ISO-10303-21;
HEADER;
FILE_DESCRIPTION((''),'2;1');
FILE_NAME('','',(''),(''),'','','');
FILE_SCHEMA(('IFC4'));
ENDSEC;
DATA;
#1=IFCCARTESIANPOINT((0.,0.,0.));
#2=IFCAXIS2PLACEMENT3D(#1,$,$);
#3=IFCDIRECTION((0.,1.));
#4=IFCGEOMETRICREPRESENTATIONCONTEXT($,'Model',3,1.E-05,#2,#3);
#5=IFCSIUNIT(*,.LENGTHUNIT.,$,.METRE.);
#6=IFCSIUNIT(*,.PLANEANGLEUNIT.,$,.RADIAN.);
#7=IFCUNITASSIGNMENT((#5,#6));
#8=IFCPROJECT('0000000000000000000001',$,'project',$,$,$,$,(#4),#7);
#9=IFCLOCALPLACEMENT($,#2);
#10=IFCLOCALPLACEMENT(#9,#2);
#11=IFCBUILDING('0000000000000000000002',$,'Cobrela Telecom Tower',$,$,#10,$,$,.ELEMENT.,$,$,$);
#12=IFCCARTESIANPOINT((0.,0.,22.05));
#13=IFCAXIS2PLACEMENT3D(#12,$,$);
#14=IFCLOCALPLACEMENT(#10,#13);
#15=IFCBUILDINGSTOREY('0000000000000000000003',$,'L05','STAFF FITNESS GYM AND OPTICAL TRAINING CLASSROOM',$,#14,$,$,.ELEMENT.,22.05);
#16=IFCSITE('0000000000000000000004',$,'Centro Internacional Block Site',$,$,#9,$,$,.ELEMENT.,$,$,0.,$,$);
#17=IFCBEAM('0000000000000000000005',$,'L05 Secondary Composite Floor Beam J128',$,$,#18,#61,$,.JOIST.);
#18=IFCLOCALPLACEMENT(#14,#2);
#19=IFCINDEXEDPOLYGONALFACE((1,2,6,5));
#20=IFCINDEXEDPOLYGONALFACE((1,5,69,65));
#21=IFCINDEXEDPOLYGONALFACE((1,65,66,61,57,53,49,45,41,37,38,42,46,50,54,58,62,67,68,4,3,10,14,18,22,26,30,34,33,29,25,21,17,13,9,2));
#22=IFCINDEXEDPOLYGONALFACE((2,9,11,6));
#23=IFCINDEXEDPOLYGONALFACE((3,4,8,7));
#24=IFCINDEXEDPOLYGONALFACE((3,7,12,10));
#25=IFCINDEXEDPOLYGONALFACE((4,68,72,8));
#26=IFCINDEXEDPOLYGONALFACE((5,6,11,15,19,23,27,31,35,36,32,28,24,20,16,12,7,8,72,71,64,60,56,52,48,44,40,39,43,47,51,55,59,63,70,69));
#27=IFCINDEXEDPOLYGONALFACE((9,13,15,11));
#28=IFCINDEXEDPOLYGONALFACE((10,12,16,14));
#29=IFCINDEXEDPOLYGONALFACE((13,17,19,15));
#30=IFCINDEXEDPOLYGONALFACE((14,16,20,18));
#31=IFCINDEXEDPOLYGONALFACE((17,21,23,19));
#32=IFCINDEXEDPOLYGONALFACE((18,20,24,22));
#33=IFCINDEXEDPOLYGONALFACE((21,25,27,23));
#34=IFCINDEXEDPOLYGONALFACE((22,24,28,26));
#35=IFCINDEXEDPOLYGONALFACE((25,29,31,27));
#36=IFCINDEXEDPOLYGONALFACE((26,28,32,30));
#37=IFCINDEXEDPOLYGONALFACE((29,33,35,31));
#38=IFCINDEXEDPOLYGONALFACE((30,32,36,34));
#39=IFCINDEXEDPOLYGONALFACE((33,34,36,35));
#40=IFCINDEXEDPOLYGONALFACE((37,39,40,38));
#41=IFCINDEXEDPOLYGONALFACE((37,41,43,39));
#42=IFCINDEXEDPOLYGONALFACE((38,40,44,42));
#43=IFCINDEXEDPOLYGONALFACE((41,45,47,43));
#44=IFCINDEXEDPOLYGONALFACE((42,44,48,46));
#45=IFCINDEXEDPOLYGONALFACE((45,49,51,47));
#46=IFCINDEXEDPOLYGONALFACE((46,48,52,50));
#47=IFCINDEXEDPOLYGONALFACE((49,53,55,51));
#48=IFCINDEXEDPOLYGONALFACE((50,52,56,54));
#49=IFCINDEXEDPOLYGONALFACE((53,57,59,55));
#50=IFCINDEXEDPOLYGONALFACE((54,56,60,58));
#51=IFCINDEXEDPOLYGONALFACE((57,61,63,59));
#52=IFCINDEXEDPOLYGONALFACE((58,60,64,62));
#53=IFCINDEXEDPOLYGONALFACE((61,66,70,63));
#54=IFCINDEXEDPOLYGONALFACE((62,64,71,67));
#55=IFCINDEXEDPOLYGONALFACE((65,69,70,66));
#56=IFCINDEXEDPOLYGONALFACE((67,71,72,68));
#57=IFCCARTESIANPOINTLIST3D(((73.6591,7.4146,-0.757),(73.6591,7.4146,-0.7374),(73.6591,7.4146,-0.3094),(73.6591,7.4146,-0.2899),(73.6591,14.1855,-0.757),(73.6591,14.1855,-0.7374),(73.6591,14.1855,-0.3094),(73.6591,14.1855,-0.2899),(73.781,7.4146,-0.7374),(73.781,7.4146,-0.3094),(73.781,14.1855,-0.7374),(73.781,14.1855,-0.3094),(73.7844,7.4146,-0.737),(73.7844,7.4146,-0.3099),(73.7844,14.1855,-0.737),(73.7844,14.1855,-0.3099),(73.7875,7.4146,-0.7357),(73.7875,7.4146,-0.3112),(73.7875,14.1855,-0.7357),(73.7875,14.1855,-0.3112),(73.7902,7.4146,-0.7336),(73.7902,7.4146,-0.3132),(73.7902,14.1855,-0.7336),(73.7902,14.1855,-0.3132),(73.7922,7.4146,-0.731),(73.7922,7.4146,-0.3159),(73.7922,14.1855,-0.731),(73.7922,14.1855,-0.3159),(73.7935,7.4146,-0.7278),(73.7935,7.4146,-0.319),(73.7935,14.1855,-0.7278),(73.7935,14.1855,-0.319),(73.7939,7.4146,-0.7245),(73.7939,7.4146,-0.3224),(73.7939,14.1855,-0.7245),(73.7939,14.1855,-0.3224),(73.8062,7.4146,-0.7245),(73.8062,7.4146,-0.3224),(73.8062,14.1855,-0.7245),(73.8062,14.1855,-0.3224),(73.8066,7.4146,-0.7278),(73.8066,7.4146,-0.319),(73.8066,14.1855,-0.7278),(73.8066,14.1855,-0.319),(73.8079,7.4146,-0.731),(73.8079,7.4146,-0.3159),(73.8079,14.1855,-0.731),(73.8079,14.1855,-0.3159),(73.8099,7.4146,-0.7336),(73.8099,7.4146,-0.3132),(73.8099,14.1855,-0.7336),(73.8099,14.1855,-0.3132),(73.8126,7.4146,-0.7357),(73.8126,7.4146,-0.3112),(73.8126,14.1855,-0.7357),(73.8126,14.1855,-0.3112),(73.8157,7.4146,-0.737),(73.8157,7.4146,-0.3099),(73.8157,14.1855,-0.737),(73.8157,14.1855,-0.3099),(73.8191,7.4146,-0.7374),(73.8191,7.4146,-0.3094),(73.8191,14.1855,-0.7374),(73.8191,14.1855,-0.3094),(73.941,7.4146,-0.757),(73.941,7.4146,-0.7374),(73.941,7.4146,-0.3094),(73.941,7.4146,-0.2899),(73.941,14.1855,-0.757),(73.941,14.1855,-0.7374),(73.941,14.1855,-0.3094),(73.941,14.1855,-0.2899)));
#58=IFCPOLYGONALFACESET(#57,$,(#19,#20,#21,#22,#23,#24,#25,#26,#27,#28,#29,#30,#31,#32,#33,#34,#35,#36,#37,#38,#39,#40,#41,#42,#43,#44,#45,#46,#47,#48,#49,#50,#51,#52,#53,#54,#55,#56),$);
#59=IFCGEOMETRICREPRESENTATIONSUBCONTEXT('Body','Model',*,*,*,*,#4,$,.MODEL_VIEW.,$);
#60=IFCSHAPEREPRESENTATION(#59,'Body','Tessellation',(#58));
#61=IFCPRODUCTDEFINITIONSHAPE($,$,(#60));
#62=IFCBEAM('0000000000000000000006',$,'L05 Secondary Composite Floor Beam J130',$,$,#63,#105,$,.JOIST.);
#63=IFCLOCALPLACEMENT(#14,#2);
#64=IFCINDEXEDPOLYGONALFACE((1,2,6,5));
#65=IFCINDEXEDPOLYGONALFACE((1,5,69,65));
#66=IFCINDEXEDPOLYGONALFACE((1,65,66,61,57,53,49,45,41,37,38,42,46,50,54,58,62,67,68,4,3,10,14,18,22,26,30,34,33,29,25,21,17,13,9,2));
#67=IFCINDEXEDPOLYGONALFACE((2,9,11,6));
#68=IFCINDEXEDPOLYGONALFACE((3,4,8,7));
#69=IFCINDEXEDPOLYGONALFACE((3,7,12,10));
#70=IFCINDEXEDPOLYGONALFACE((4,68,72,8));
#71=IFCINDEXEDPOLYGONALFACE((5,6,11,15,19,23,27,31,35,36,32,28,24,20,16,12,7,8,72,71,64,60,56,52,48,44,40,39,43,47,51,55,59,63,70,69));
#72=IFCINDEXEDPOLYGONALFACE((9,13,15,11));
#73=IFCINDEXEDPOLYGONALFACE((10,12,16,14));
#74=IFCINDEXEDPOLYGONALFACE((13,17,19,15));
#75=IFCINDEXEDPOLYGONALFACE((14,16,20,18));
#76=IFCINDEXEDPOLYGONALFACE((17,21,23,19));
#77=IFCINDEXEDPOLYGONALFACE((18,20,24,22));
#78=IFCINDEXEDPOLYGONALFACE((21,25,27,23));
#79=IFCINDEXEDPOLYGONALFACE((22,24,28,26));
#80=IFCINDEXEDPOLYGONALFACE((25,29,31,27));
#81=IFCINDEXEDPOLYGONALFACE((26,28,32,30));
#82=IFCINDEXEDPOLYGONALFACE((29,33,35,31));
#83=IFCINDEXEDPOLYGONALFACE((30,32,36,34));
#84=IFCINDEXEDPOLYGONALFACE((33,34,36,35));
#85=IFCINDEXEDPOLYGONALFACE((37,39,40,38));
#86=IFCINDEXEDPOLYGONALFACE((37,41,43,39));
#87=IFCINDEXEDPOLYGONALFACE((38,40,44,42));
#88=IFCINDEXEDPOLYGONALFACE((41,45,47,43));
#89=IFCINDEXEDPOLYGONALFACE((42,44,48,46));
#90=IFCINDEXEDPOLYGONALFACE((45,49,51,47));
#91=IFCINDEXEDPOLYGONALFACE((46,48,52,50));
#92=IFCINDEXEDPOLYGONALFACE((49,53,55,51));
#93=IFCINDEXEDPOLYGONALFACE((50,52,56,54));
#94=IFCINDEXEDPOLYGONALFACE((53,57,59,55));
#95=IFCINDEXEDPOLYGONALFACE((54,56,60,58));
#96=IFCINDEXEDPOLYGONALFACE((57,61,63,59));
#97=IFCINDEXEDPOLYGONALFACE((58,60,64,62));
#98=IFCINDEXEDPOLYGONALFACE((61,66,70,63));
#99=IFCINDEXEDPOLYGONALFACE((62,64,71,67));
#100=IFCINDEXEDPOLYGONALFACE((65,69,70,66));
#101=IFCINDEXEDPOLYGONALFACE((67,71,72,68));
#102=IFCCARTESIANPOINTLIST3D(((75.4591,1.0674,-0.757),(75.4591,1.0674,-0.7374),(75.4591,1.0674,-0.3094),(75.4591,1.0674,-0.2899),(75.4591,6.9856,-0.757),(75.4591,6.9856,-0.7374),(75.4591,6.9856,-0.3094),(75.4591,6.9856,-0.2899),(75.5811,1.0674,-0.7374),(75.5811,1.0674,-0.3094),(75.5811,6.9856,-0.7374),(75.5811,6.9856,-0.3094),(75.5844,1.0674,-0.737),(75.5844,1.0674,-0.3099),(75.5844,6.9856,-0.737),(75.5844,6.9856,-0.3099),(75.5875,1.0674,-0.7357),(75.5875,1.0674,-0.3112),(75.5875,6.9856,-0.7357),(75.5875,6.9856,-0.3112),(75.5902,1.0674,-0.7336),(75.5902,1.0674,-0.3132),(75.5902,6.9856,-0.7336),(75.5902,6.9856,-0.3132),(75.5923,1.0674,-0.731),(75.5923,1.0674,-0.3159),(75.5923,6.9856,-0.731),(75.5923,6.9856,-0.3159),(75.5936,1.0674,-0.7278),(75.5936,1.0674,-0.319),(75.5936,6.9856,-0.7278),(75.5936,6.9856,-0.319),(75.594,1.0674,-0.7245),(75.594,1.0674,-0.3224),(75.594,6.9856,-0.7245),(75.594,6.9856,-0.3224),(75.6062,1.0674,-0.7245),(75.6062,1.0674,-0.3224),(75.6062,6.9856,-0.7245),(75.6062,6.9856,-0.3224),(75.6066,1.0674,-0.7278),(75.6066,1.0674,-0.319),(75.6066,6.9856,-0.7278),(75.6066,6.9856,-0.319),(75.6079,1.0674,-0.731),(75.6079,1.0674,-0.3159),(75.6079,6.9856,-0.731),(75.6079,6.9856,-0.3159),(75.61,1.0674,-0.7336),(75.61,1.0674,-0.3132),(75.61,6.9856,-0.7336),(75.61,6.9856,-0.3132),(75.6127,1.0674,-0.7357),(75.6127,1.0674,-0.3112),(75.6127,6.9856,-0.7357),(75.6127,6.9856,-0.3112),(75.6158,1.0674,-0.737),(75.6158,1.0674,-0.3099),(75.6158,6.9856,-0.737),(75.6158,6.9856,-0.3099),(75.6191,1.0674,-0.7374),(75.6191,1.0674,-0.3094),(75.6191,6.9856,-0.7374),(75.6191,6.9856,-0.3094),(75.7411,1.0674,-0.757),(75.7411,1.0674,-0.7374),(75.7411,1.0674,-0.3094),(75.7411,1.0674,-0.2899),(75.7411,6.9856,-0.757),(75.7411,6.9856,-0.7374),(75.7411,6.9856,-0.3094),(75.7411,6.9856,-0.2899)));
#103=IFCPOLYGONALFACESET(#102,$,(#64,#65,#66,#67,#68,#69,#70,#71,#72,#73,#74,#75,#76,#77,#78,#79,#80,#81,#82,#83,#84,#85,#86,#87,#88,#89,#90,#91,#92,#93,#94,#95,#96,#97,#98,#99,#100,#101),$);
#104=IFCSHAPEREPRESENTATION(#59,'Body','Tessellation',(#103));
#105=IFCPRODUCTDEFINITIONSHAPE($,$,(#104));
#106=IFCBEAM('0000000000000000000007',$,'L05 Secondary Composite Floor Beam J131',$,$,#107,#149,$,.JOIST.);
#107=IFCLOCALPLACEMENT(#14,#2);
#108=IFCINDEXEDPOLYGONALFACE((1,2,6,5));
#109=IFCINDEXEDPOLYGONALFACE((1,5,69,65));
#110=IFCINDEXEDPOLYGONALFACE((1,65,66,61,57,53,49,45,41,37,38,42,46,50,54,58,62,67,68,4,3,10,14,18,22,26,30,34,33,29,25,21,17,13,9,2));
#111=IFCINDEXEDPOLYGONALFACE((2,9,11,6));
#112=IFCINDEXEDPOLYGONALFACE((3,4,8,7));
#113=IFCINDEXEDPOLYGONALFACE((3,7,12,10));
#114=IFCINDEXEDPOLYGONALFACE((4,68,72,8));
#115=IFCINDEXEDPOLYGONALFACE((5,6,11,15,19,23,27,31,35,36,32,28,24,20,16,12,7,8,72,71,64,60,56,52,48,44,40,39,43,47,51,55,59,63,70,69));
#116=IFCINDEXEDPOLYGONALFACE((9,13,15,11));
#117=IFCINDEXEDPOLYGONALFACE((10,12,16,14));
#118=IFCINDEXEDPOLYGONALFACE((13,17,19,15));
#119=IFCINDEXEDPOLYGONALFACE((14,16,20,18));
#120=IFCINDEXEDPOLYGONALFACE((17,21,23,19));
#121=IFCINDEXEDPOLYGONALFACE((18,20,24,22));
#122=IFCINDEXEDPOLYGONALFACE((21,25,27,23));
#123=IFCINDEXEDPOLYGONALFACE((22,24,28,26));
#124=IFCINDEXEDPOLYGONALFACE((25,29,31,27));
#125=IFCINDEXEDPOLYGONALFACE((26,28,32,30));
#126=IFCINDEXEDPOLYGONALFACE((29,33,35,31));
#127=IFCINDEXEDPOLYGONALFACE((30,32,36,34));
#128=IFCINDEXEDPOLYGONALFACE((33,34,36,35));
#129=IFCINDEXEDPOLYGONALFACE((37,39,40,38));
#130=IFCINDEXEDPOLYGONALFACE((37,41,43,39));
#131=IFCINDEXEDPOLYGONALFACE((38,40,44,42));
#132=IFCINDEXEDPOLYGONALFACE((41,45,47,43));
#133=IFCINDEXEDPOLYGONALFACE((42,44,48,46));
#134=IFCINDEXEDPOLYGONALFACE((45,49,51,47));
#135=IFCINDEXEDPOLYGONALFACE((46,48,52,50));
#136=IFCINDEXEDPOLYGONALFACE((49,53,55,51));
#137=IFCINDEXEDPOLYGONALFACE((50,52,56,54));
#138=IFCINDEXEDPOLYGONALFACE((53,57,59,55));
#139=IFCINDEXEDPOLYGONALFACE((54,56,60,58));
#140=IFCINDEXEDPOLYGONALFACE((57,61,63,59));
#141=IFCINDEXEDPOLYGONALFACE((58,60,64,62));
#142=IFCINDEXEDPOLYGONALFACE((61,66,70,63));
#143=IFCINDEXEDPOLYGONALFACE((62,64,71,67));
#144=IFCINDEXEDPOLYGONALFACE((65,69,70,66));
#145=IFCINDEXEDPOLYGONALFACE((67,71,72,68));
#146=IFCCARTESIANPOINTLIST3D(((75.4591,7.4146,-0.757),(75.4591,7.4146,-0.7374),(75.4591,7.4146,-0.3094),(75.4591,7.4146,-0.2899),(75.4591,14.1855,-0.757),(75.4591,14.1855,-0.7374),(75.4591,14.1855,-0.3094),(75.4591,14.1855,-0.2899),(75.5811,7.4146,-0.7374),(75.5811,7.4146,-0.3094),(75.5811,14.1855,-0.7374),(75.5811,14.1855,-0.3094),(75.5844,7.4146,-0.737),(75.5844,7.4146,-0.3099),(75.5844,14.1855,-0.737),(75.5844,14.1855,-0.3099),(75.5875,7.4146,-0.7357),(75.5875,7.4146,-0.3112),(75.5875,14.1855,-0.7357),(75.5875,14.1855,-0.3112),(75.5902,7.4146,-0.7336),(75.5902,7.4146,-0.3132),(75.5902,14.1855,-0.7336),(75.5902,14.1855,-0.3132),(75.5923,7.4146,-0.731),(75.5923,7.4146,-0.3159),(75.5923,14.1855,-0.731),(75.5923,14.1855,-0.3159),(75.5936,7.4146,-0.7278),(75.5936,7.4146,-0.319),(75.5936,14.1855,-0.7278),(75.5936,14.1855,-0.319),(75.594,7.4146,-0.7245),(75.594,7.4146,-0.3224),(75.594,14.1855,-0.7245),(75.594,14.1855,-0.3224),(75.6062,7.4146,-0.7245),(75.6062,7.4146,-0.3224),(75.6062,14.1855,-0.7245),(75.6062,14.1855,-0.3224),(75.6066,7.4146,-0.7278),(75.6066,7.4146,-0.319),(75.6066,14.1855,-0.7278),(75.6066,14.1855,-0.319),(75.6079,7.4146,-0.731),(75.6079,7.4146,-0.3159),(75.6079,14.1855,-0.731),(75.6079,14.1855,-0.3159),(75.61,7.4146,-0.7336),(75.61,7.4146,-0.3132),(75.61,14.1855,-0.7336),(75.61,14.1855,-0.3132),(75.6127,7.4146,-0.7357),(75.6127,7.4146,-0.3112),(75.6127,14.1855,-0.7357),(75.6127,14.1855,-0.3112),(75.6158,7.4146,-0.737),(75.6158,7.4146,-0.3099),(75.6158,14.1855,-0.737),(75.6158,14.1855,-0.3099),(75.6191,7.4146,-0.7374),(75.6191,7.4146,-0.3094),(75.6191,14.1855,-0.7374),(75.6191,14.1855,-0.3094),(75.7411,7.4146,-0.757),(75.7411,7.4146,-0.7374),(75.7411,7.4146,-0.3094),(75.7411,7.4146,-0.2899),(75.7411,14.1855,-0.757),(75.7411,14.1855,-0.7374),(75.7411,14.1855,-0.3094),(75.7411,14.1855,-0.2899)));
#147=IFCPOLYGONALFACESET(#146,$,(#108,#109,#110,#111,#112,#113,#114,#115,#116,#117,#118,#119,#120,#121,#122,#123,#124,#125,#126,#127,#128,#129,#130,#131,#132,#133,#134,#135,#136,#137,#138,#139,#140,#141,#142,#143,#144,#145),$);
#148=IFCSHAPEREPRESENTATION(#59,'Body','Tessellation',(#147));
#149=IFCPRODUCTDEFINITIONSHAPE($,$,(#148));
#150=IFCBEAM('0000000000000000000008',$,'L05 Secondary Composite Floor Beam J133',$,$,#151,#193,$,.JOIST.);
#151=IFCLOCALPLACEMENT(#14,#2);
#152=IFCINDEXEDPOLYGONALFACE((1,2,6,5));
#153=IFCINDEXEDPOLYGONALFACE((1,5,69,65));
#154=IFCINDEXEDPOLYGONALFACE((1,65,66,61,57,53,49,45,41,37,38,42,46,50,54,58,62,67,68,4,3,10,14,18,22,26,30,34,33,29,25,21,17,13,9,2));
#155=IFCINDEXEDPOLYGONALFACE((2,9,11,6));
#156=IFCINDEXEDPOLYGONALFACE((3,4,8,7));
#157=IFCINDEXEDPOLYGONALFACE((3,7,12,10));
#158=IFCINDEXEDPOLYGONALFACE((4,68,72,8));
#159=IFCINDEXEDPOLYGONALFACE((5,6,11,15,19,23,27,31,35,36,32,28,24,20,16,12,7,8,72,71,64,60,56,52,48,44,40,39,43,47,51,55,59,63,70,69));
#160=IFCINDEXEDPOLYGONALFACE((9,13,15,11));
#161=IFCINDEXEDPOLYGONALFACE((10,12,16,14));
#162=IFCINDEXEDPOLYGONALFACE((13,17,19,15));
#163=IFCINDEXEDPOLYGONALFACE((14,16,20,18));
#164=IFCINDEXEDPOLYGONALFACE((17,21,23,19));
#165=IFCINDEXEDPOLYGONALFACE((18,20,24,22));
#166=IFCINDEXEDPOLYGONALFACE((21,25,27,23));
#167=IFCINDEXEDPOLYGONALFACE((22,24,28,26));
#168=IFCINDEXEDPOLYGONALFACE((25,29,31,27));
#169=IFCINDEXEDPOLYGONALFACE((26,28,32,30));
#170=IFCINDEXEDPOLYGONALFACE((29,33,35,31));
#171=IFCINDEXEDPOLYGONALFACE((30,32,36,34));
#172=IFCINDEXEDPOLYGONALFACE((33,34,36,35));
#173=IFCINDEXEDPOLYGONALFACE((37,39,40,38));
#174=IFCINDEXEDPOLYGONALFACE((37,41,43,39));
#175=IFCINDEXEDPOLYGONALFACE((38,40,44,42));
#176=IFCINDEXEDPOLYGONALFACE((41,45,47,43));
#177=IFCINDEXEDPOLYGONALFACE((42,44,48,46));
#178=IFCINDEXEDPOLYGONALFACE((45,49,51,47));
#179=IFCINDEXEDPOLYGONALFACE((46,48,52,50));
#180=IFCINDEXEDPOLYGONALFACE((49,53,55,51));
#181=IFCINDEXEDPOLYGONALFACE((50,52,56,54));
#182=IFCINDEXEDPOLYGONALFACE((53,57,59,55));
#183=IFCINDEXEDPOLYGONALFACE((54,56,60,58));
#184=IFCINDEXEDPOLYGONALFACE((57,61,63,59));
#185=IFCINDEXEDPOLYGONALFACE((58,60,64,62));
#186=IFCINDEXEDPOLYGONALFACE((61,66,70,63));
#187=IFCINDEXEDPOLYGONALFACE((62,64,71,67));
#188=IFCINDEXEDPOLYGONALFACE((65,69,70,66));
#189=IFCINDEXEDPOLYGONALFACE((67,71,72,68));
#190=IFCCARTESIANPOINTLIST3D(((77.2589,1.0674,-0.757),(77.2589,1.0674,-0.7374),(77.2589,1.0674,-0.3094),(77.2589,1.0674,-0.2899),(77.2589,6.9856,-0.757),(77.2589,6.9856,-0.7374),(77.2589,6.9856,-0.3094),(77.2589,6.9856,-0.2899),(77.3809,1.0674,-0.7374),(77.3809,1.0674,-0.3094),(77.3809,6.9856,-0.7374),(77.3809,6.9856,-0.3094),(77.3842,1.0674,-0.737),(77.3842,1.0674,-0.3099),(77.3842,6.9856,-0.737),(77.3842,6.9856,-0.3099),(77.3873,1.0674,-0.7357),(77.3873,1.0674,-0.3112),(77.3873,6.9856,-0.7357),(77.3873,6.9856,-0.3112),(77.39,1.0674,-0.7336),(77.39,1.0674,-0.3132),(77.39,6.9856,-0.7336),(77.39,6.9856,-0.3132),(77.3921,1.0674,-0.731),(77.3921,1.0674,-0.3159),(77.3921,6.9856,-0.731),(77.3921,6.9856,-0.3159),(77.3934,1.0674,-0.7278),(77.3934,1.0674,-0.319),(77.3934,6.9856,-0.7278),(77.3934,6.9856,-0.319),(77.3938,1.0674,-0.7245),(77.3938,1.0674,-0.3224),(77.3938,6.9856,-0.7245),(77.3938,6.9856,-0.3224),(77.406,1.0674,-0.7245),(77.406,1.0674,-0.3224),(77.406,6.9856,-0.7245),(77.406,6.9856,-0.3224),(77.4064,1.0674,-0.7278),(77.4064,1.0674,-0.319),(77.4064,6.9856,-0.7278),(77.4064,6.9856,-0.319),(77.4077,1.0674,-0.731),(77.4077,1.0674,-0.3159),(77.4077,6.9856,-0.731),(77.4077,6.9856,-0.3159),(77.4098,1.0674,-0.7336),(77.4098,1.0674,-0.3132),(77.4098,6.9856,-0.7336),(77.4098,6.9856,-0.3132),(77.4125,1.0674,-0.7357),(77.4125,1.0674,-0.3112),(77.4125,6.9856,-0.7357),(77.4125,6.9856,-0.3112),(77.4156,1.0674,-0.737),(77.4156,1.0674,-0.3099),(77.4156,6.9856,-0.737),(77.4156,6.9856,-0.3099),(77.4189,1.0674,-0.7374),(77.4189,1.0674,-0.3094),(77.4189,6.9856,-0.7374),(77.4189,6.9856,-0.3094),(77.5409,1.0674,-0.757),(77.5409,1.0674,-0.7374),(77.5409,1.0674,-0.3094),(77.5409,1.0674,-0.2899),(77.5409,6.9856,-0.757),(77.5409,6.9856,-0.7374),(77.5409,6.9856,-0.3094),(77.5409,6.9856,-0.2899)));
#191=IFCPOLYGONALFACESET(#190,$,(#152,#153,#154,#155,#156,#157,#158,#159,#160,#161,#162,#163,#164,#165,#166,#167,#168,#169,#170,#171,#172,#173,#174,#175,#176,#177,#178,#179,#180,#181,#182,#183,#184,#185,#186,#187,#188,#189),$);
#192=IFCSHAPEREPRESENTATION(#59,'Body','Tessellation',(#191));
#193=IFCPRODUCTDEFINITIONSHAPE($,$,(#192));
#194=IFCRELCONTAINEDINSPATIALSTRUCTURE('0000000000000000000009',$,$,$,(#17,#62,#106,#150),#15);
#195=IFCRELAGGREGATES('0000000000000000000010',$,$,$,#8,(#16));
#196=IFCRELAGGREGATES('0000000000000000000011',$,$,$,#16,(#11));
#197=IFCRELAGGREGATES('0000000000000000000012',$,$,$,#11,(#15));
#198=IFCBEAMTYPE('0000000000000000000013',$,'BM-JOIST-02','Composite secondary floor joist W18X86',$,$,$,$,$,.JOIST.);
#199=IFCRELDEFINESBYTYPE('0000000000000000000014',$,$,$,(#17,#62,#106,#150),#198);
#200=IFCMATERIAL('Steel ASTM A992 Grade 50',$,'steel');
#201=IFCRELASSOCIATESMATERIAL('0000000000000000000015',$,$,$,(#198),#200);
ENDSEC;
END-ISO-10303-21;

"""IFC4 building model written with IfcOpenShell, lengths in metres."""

from ifc_helpers import new_model, si_unit, direction, frame, origin, origin_2d, place, context, subcontext, project, spatial, i_section, extrude, material, material_profile, profile_set, type_object, element, save


model = new_model("IFC4")

# Units and contexts
model_context = context("Model", 3, precision=1e-05, world=origin(), true_north=direction((0.0, 1.0)))
body_context = subcontext(model_context, "Body", "Model", "MODEL_VIEW")
ifc_project = project(units=[si_unit("LENGTHUNIT", "METRE"), si_unit("PLANEANGLEUNIT", "RADIAN")], contexts=[model_context])

# Site, building, storey
site_placement = place(None, origin())
site = spatial("IfcSite", under=ifc_project, at=site_placement, Name="Centro Internacional Block Site", CompositionType="ELEMENT", RefElevation=0.0)
building_placement = place(site_placement, origin())
building = spatial("IfcBuilding", under=site, at=building_placement, Name="Cobrela Telecom Tower", CompositionType="ELEMENT")
storey_placement = place(building_placement, frame((0.0, 0.0, 22.05)))
storey = spatial("IfcBuildingStorey", under=building, at=storey_placement, Name="L05", Description="STAFF FITNESS GYM AND OPTICAL TRAINING CLASSROOM", CompositionType="ELEMENT", Elevation=22.05)

# Beams
ifc_material_1 = material(Name="Steel ASTM A992 Grade 50", Category="steel")
ifc_material_profile_1 = material_profile(ifc_material_1, i_section(OverallWidth=0.282, OverallDepth=0.467, WebThickness=0.0122, FlangeThickness=0.0195, FilletRadius=0.0129, at=origin_2d()), Name="W18X86")
ifc_profile_set_1 = profile_set([ifc_material_profile_1], Name="Steel ASTM A992 Grade 50")
beam_type_1 = type_object("IfcBeamType", Name="BM-JOIST-02", Description="Composite secondary floor joist W18X86", PredefinedType="JOIST", material=ifc_profile_set_1)
beam_1_placement = place(storey_placement, frame((73.8, 7.4146, -0.5234), z_axis=(0.0, 1.0, 0.0), x_axis=(-1.0, 0.0, 0.0)))
element("IfcBeam", 1, at=beam_1_placement, inside=storey, type_object=beam_type_1, Name="L05 Secondary Composite Floor Beam J128", PredefinedType="JOIST", context=body_context, shape_type="SweptSolid", body=[
    extrude(i_section(OverallWidth=0.282, OverallDepth=0.467, WebThickness=0.0122, FlangeThickness=0.0195, FilletRadius=0.0129, at=origin_2d()), origin(), (0.0, 0.0, 1.0), 6.771),
])
beam_2_placement = place(storey_placement, frame((75.6001, 1.0674, -0.5234), z_axis=(0.0, 1.0, 0.0), x_axis=(-1.0, 0.0, 0.0)))
element("IfcBeam", 2, at=beam_2_placement, inside=storey, type_object=beam_type_1, Name="L05 Secondary Composite Floor Beam J130", PredefinedType="JOIST", context=body_context, shape_type="SweptSolid", body=[
    extrude(i_section(OverallWidth=0.282, OverallDepth=0.467, WebThickness=0.0122, FlangeThickness=0.0195, FilletRadius=0.0129, at=origin_2d()), origin(), (0.0, 0.0, 1.0), 5.9182),
])
beam_3_placement = place(storey_placement, frame((75.6001, 7.4146, -0.5234), z_axis=(0.0, 1.0, 0.0), x_axis=(-1.0, 0.0, 0.0)))
element("IfcBeam", 3, at=beam_3_placement, inside=storey, type_object=beam_type_1, Name="L05 Secondary Composite Floor Beam J131", PredefinedType="JOIST", context=body_context, shape_type="SweptSolid", body=[
    extrude(i_section(OverallWidth=0.282, OverallDepth=0.467, WebThickness=0.0122, FlangeThickness=0.0195, FilletRadius=0.0129, at=origin_2d()), origin(), (0.0, 0.0, 1.0), 6.771),
])
beam_4_placement = place(storey_placement, frame((77.3999, 1.0674, -0.5234), z_axis=(0.0, 1.0, 0.0), x_axis=(-1.0, 0.0, 0.0)))
element("IfcBeam", 4, at=beam_4_placement, inside=storey, type_object=beam_type_1, Name="L05 Secondary Composite Floor Beam J133", PredefinedType="JOIST", context=body_context, shape_type="SweptSolid", body=[
    extrude(i_section(OverallWidth=0.282, OverallDepth=0.467, WebThickness=0.0122, FlangeThickness=0.0195, FilletRadius=0.0129, at=origin_2d()), origin(), (0.0, 0.0, 1.0), 5.9182),
])

save(model, "model.ifc")
